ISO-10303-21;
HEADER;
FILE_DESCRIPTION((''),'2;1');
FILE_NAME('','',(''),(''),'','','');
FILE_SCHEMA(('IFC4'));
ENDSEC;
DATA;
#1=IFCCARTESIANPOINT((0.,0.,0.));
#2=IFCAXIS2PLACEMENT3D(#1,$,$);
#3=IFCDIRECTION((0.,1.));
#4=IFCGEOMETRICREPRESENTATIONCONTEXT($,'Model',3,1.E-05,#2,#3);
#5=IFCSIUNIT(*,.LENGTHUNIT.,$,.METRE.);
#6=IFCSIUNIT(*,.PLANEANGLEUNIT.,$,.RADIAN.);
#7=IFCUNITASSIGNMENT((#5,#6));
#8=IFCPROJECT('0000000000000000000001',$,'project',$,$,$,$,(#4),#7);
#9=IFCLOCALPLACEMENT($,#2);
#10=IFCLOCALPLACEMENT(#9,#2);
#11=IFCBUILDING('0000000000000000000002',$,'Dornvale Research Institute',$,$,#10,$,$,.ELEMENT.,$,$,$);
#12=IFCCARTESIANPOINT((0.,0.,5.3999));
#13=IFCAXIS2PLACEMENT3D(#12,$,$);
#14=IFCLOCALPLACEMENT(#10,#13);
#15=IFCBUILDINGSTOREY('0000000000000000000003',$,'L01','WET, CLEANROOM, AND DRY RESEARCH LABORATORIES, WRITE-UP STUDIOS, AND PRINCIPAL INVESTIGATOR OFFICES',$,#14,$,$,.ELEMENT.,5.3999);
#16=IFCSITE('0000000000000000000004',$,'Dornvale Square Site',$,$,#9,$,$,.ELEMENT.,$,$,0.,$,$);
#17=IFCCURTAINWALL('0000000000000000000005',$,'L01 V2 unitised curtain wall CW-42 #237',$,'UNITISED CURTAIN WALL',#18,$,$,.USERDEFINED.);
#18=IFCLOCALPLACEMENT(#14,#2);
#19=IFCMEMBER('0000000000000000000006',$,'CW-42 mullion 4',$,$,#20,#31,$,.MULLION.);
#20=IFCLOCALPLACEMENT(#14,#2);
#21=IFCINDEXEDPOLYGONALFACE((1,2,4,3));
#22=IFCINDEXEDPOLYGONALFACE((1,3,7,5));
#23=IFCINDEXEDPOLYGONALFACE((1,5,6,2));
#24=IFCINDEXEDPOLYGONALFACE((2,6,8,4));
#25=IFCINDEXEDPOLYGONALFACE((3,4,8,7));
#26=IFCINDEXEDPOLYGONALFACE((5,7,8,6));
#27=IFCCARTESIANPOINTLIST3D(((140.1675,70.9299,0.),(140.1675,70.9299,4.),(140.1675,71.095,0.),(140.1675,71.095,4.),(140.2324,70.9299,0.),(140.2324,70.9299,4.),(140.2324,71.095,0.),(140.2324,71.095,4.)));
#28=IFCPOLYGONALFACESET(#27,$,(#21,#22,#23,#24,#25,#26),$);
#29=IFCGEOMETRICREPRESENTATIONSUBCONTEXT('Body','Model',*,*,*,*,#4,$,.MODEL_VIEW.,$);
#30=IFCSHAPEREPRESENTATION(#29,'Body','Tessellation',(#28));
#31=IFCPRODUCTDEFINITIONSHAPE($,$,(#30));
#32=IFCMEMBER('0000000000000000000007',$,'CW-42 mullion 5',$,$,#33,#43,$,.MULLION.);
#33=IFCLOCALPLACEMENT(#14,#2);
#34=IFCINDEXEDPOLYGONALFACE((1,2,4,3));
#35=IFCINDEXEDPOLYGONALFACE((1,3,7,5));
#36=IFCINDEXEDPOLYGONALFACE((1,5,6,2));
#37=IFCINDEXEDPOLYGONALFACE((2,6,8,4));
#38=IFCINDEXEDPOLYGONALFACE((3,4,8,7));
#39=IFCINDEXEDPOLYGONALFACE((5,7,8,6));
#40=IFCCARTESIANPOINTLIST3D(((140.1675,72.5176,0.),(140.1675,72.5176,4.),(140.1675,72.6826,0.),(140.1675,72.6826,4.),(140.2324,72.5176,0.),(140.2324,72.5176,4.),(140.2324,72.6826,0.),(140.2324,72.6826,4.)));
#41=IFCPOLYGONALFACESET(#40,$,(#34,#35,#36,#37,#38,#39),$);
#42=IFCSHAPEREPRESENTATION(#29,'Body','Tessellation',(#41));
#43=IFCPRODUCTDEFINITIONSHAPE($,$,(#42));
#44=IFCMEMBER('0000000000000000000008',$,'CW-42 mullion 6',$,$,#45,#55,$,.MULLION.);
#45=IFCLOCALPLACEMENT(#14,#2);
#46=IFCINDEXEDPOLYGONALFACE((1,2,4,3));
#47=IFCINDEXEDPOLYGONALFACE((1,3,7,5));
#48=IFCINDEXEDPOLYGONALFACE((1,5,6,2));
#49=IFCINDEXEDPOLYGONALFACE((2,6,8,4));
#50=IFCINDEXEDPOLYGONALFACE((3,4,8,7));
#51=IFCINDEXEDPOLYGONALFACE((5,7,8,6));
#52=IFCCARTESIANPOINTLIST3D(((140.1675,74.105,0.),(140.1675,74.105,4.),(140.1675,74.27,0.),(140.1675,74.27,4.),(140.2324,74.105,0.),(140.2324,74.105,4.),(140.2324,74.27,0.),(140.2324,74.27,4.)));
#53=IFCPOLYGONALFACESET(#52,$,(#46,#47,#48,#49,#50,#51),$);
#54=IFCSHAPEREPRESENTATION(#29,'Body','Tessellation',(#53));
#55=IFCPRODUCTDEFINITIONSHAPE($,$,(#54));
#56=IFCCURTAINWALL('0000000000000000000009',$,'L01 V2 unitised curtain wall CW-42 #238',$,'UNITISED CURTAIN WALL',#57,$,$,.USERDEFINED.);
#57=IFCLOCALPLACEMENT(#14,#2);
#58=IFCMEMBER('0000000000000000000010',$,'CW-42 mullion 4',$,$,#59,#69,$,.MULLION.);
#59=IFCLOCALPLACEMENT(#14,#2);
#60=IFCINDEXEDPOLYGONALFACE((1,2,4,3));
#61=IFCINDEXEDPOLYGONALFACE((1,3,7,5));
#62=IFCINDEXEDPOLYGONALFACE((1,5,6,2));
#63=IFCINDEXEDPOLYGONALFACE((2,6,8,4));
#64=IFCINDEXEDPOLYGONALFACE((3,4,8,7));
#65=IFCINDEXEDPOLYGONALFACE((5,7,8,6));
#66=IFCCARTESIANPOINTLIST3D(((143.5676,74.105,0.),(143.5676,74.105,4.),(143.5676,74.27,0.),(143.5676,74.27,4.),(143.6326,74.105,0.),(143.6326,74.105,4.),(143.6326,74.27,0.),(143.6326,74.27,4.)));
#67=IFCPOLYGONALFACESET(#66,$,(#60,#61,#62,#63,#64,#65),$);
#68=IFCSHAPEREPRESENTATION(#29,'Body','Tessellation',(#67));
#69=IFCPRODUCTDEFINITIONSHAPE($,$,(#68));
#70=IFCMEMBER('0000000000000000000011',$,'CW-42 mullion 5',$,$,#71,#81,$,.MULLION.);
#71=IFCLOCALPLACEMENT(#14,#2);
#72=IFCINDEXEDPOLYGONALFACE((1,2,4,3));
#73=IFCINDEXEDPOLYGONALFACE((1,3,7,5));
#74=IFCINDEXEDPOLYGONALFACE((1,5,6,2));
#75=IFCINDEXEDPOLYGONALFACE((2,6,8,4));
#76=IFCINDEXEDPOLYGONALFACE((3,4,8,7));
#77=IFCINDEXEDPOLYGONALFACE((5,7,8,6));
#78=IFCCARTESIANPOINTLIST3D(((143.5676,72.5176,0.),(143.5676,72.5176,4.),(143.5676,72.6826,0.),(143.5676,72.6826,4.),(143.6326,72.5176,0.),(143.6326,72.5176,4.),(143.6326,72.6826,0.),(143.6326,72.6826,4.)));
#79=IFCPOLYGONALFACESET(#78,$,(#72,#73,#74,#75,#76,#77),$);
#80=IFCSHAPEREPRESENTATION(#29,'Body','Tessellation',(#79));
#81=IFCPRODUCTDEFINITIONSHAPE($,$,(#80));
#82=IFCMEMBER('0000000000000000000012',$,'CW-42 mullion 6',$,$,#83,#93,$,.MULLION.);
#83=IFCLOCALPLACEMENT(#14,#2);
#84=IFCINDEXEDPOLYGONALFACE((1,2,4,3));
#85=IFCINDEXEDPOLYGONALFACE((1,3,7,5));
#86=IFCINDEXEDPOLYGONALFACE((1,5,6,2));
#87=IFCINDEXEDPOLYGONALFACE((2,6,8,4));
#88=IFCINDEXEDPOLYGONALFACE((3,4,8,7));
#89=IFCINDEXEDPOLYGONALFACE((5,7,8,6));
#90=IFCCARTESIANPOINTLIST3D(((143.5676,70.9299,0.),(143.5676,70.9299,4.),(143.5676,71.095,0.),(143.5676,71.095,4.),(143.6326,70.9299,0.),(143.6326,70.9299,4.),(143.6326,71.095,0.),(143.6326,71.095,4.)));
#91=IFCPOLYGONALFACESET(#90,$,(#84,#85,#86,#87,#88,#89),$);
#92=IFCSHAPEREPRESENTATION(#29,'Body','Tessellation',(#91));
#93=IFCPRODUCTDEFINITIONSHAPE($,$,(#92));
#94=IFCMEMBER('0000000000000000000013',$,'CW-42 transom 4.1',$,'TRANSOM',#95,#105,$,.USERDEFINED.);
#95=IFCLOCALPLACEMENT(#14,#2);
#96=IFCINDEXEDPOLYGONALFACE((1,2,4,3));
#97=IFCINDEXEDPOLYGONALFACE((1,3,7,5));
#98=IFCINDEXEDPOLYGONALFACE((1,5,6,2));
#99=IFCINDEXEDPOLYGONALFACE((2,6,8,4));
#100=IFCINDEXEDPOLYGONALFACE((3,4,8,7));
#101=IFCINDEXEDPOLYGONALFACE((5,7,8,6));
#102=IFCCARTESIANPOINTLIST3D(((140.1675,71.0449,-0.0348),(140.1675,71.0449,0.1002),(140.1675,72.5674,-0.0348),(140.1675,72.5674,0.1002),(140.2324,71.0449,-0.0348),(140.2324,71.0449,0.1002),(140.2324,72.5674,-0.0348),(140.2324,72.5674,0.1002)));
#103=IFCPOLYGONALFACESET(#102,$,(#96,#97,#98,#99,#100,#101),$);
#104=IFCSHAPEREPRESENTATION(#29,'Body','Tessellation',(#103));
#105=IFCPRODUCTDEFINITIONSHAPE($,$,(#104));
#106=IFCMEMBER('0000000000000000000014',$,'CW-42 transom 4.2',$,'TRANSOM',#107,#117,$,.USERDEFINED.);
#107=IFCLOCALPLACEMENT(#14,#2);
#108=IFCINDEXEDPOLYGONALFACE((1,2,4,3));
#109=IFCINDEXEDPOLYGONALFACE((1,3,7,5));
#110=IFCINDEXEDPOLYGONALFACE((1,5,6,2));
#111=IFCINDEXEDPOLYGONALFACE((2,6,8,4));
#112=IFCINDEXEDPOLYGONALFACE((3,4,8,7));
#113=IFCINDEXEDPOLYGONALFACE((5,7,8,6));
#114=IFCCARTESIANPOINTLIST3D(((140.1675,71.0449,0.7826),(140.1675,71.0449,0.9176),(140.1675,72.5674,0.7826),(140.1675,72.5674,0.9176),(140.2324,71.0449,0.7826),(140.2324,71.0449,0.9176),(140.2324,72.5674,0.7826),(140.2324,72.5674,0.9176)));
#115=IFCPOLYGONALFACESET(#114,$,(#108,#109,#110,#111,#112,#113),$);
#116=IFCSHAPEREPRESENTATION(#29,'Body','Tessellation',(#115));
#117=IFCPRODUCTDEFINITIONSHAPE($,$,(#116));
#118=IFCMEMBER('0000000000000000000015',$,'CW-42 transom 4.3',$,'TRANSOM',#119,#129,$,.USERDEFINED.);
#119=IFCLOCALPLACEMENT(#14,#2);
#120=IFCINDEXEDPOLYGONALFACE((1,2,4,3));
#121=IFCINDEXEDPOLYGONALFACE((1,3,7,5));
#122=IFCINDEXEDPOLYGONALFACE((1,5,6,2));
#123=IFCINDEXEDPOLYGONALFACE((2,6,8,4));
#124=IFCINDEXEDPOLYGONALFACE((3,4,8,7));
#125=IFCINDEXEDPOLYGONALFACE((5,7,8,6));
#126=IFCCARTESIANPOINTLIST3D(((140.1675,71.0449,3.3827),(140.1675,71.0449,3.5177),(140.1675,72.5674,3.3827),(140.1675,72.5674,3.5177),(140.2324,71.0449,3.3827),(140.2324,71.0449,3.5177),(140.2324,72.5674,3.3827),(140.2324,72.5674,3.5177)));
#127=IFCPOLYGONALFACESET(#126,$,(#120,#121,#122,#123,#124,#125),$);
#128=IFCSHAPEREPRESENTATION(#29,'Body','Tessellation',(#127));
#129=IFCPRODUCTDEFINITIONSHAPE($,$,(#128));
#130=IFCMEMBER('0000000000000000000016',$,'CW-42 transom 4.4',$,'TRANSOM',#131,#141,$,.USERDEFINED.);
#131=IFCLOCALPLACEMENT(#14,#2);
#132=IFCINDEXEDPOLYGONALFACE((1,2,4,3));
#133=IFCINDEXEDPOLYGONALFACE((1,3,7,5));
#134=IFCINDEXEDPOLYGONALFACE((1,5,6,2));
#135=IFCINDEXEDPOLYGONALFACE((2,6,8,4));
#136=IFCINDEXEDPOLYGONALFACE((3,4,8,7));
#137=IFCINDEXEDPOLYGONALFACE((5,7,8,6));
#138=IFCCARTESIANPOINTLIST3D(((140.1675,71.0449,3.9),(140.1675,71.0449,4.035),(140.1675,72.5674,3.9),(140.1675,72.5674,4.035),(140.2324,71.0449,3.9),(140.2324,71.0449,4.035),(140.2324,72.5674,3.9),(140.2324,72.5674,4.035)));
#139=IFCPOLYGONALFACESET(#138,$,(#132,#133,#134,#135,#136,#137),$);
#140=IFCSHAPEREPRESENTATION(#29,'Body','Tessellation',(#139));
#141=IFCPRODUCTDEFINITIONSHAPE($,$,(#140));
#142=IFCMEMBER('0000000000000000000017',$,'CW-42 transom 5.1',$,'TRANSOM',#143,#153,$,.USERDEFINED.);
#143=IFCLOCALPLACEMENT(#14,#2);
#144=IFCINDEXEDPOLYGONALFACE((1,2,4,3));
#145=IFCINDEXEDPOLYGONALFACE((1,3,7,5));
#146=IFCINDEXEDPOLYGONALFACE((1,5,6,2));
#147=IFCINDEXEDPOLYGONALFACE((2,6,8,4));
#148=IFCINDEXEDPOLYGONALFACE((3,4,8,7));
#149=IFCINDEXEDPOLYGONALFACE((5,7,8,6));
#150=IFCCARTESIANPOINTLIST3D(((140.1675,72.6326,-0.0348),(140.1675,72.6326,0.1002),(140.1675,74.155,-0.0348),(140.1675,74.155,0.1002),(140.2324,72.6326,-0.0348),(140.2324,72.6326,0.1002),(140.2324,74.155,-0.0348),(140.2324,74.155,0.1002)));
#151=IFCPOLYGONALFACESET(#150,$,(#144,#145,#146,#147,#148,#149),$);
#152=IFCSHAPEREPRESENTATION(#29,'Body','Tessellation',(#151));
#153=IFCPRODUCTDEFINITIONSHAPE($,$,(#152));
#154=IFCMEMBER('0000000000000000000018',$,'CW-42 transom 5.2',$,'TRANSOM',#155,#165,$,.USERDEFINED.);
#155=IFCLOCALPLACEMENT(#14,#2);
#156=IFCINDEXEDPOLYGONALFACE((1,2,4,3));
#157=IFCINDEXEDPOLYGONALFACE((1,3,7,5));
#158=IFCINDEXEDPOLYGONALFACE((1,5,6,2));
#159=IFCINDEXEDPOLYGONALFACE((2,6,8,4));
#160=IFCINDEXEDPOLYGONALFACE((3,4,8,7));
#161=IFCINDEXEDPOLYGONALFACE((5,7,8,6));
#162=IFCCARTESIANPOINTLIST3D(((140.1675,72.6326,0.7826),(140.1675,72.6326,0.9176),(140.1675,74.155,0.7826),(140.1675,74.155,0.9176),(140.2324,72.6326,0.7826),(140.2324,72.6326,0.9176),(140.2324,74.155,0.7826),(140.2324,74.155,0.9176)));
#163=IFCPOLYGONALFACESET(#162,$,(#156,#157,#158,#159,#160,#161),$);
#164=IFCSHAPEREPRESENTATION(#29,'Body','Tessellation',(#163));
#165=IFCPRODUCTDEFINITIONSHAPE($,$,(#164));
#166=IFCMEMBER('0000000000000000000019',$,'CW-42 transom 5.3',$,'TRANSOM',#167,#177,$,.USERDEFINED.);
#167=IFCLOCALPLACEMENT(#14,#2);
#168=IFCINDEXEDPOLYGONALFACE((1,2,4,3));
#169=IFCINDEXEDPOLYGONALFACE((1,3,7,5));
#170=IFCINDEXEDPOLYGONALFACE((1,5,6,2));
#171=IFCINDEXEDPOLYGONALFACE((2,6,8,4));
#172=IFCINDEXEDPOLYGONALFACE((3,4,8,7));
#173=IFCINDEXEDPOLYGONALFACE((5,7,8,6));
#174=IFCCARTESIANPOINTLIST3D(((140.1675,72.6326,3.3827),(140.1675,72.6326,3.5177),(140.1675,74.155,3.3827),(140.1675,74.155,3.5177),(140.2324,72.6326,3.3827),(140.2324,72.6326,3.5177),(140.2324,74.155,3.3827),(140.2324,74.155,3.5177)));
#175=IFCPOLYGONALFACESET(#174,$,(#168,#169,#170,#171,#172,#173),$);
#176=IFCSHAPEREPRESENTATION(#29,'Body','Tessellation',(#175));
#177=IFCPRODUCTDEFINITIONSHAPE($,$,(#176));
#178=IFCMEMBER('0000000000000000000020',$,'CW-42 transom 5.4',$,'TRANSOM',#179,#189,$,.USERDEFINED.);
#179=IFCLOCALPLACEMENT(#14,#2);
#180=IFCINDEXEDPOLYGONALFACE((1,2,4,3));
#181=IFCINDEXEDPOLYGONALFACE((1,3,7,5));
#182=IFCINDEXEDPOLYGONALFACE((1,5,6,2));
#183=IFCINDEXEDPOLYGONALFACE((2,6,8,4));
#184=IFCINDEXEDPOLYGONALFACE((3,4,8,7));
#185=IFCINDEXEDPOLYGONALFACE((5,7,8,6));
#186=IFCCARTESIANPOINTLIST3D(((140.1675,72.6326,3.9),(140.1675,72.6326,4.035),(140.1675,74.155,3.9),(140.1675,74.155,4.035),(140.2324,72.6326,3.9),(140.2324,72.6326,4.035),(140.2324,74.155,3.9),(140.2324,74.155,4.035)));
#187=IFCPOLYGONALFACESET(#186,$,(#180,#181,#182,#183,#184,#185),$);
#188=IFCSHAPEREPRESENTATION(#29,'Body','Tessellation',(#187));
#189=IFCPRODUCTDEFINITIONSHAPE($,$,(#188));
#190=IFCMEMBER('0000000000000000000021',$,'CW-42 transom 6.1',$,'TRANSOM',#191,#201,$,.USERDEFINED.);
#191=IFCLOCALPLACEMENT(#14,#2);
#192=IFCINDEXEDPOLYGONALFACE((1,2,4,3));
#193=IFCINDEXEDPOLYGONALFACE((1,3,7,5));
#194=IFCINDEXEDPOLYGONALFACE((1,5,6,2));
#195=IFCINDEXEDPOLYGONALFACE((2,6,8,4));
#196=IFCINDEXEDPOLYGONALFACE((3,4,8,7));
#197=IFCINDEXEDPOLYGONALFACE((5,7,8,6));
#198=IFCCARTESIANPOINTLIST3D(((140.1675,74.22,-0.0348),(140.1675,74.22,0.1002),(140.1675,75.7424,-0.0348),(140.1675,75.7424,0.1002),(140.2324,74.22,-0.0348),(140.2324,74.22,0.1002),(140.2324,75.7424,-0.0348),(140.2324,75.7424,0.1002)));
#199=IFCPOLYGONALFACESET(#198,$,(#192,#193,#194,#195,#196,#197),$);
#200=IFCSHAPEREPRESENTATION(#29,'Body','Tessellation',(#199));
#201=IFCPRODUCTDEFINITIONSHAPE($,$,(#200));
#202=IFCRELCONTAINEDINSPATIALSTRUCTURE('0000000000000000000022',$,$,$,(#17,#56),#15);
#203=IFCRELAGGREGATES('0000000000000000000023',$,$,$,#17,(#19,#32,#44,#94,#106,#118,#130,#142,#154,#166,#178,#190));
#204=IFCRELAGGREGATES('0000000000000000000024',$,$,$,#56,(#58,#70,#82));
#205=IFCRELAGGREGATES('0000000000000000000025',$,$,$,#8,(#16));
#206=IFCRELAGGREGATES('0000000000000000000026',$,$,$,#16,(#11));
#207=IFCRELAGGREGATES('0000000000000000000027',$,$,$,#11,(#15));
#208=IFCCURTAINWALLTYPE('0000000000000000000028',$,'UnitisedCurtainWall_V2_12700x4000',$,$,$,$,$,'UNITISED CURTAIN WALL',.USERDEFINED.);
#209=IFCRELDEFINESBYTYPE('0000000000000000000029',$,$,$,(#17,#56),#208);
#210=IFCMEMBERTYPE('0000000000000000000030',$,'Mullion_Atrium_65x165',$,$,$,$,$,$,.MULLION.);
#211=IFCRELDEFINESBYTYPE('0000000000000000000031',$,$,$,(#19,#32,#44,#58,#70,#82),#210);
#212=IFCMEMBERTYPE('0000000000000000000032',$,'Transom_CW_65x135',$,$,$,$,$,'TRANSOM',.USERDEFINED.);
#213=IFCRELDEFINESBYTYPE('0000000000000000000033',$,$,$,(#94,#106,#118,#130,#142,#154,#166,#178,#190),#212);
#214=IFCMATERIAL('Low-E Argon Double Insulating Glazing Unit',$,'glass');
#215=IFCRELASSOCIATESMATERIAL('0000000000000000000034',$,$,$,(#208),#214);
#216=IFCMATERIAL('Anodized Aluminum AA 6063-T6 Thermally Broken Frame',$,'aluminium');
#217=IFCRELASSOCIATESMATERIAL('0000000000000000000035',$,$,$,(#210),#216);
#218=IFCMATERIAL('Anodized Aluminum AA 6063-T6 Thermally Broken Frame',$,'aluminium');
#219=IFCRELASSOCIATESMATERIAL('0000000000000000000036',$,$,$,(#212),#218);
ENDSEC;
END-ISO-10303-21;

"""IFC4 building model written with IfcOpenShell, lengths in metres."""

from ifc_helpers import new_model, si_unit, direction, frame, origin, origin_2d, place, context, subcontext, project, spatial, rectangle, extrude, material, material_profile, profile_set, type_object, element, aggregate, save


model = new_model("IFC4")

# Units and contexts
model_context = context("Model", 3, precision=1e-05, world=origin(), true_north=direction((0.0, 1.0)))
body_context = subcontext(model_context, "Body", "Model", "MODEL_VIEW")
ifc_project = project(units=[si_unit("LENGTHUNIT", "METRE"), si_unit("PLANEANGLEUNIT", "RADIAN")], contexts=[model_context])

# Site, building, storey
site_placement = place(None, origin())
site = spatial("IfcSite", under=ifc_project, at=site_placement, Name="Dornvale Square Site", CompositionType="ELEMENT", RefElevation=0.0)
building_placement = place(site_placement, origin())
building = spatial("IfcBuilding", under=site, at=building_placement, Name="Dornvale Research Institute", CompositionType="ELEMENT")
storey_placement = place(building_placement, frame((0.0, 0.0, 5.3999)))
storey = spatial("IfcBuildingStorey", under=building, at=storey_placement, Name="L01", Description="WET, CLEANROOM, AND DRY RESEARCH LABORATORIES, WRITE-UP STUDIOS, AND PRINCIPAL INVESTIGATOR OFFICES", CompositionType="ELEMENT", Elevation=5.3999)

# Curtain walls, members
ifc_material_1 = material(Name="Low-E Argon Double Insulating Glazing Unit", Category="glass")
curtain_wall_type = type_object("IfcCurtainWallType", Name="UnitisedCurtainWall_V2_12700x4000", ElementType="UNITISED CURTAIN WALL", PredefinedType="USERDEFINED", material=ifc_material_1)
curtain_wall_1_placement = place(storey_placement, origin())
curtain_wall_1 = element("IfcCurtainWall", 1, at=curtain_wall_1_placement, inside=storey, type_object=curtain_wall_type, Name="L01 V2 unitised curtain wall CW-42 #237", ObjectType="UNITISED CURTAIN WALL", PredefinedType="USERDEFINED")
ifc_material_2 = material(Name="Anodized Aluminum AA 6063-T6 Thermally Broken Frame", Category="aluminium")
ifc_material_profile_1 = material_profile(ifc_material_2, rectangle(XDim=0.0649, YDim=0.165, at=origin_2d()), Name="ALU MULLION 65x165")
ifc_profile_set_1 = profile_set([ifc_material_profile_1], Name="Anodized Aluminum AA 6063-T6 Thermally Broken Frame")
member_type_1 = type_object("IfcMemberType", Name="Mullion_Atrium_65x165", PredefinedType="MULLION", material=ifc_profile_set_1)
member_1_placement = place(storey_placement, frame((140.2, 71.0125, 0.0), z_axis=(0.0, 0.0, 1.0), x_axis=(-1.0, 0.0, 0.0)))
member_1 = element("IfcMember", 2, at=member_1_placement, type_object=member_type_1, Name="CW-42 mullion 4", PredefinedType="MULLION", context=body_context, shape_type="SweptSolid", body=[
    extrude(rectangle(XDim=0.0649, YDim=0.165, at=origin_2d()), origin(), (0.0, 0.0, 1.0), 4.0),
])
member_2_placement = place(storey_placement, frame((140.2, 72.6001, 0.0), z_axis=(0.0, 0.0, 1.0), x_axis=(-1.0, 0.0, 0.0)))
member_2 = element("IfcMember", 3, at=member_2_placement, type_object=member_type_1, Name="CW-42 mullion 5", PredefinedType="MULLION", context=body_context, shape_type="SweptSolid", body=[
    extrude(rectangle(XDim=0.0649, YDim=0.165, at=origin_2d()), origin(), (0.0, 0.0, 1.0), 4.0),
])
member_3_placement = place(storey_placement, frame((140.2, 74.1875, 0.0), z_axis=(0.0, 0.0, 1.0), x_axis=(-1.0, 0.0, 0.0)))
member_3 = element("IfcMember", 4, at=member_3_placement, type_object=member_type_1, Name="CW-42 mullion 6", PredefinedType="MULLION", context=body_context, shape_type="SweptSolid", body=[
    extrude(rectangle(XDim=0.0649, YDim=0.165, at=origin_2d()), origin(), (0.0, 0.0, 1.0), 4.0),
])
curtain_wall_2_placement = place(storey_placement, origin())
curtain_wall_2 = element("IfcCurtainWall", 5, at=curtain_wall_2_placement, inside=storey, type_object=curtain_wall_type, Name="L01 V2 unitised curtain wall CW-42 #238", ObjectType="UNITISED CURTAIN WALL", PredefinedType="USERDEFINED")
member_4_placement = place(storey_placement, frame((143.6001, 74.1875, 0.0), z_axis=(0.0, 0.0, 1.0), x_axis=(1.0, 0.0, 0.0)))
member_4 = element("IfcMember", 6, at=member_4_placement, type_object=member_type_1, Name="CW-42 mullion 4", PredefinedType="MULLION", context=body_context, shape_type="SweptSolid", body=[
    extrude(rectangle(XDim=0.0649, YDim=0.165, at=origin_2d()), origin(), (0.0, 0.0, 1.0), 4.0),
])
member_5_placement = place(storey_placement, frame((143.6001, 72.6001, 0.0), z_axis=(0.0, 0.0, 1.0), x_axis=(1.0, 0.0, 0.0)))
member_5 = element("IfcMember", 7, at=member_5_placement, type_object=member_type_1, Name="CW-42 mullion 5", PredefinedType="MULLION", context=body_context, shape_type="SweptSolid", body=[
    extrude(rectangle(XDim=0.0649, YDim=0.165, at=origin_2d()), origin(), (0.0, 0.0, 1.0), 4.0),
])
member_6_placement = place(storey_placement, frame((143.6001, 71.0125, 0.0), z_axis=(0.0, 0.0, 1.0), x_axis=(1.0, 0.0, 0.0)))
member_6 = element("IfcMember", 8, at=member_6_placement, type_object=member_type_1, Name="CW-42 mullion 6", PredefinedType="MULLION", context=body_context, shape_type="SweptSolid", body=[
    extrude(rectangle(XDim=0.0649, YDim=0.165, at=origin_2d()), origin(), (0.0, 0.0, 1.0), 4.0),
])

# Members
ifc_material_3 = material(Name="Anodized Aluminum AA 6063-T6 Thermally Broken Frame", Category="aluminium")
ifc_material_profile_2 = material_profile(ifc_material_3, rectangle(XDim=0.0649, YDim=0.135, at=origin_2d()), Name="ALU TRANSOM 65x135")
ifc_profile_set_2 = profile_set([ifc_material_profile_2], Name="Anodized Aluminum AA 6063-T6 Thermally Broken Frame")
member_type_2 = type_object("IfcMemberType", Name="Transom_CW_65x135", ElementType="TRANSOM", PredefinedType="USERDEFINED", material=ifc_profile_set_2)
member_7_placement = place(storey_placement, frame((140.2, 71.0449, 0.0327), z_axis=(0.0, 1.0, 0.0), x_axis=(-1.0, 0.0, 0.0)))
member_7 = element("IfcMember", 9, at=member_7_placement, type_object=member_type_2, Name="CW-42 transom 4.1", ObjectType="TRANSOM", PredefinedType="USERDEFINED", context=body_context, shape_type="SweptSolid", body=[
    extrude(rectangle(XDim=0.0649, YDim=0.135, at=origin_2d()), origin(), (0.0, 0.0, 1.0), 1.5225),
])
member_8_placement = place(storey_placement, frame((140.2, 71.0449, 0.8501), z_axis=(0.0, 1.0, 0.0), x_axis=(-1.0, 0.0, 0.0)))
member_8 = element("IfcMember", 10, at=member_8_placement, type_object=member_type_2, Name="CW-42 transom 4.2", ObjectType="TRANSOM", PredefinedType="USERDEFINED", context=body_context, shape_type="SweptSolid", body=[
    extrude(rectangle(XDim=0.0649, YDim=0.135, at=origin_2d()), origin(), (0.0, 0.0, 1.0), 1.5225),
])
member_9_placement = place(storey_placement, frame((140.2, 71.0449, 3.4502), z_axis=(0.0, 1.0, 0.0), x_axis=(-1.0, 0.0, 0.0)))
member_9 = element("IfcMember", 11, at=member_9_placement, type_object=member_type_2, Name="CW-42 transom 4.3", ObjectType="TRANSOM", PredefinedType="USERDEFINED", context=body_context, shape_type="SweptSolid", body=[
    extrude(rectangle(XDim=0.0649, YDim=0.135, at=origin_2d()), origin(), (0.0, 0.0, 1.0), 1.5225),
])
member_10_placement = place(storey_placement, frame((140.2, 71.0449, 3.9675), z_axis=(0.0, 1.0, 0.0), x_axis=(-1.0, 0.0, 0.0)))
member_10 = element("IfcMember", 12, at=member_10_placement, type_object=member_type_2, Name="CW-42 transom 4.4", ObjectType="TRANSOM", PredefinedType="USERDEFINED", context=body_context, shape_type="SweptSolid", body=[
    extrude(rectangle(XDim=0.0649, YDim=0.135, at=origin_2d()), origin(), (0.0, 0.0, 1.0), 1.5225),
])
member_11_placement = place(storey_placement, frame((140.2, 72.6326, 0.0327), z_axis=(0.0, 1.0, 0.0), x_axis=(-1.0, 0.0, 0.0)))
member_11 = element("IfcMember", 13, at=member_11_placement, type_object=member_type_2, Name="CW-42 transom 5.1", ObjectType="TRANSOM", PredefinedType="USERDEFINED", context=body_context, shape_type="SweptSolid", body=[
    extrude(rectangle(XDim=0.0649, YDim=0.135, at=origin_2d()), origin(), (0.0, 0.0, 1.0), 1.5225),
])
member_12_placement = place(storey_placement, frame((140.2, 72.6326, 0.8501), z_axis=(0.0, 1.0, 0.0), x_axis=(-1.0, 0.0, 0.0)))
member_12 = element("IfcMember", 14, at=member_12_placement, type_object=member_type_2, Name="CW-42 transom 5.2", ObjectType="TRANSOM", PredefinedType="USERDEFINED", context=body_context, shape_type="SweptSolid", body=[
    extrude(rectangle(XDim=0.0649, YDim=0.135, at=origin_2d()), origin(), (0.0, 0.0, 1.0), 1.5225),
])
member_13_placement = place(storey_placement, frame((140.2, 72.6326, 3.4502), z_axis=(0.0, 1.0, 0.0), x_axis=(-1.0, 0.0, 0.0)))
member_13 = element("IfcMember", 15, at=member_13_placement, type_object=member_type_2, Name="CW-42 transom 5.3", ObjectType="TRANSOM", PredefinedType="USERDEFINED", context=body_context, shape_type="SweptSolid", body=[
    extrude(rectangle(XDim=0.0649, YDim=0.135, at=origin_2d()), origin(), (0.0, 0.0, 1.0), 1.5225),
])
member_14_placement = place(storey_placement, frame((140.2, 72.6326, 3.9675), z_axis=(0.0, 1.0, 0.0), x_axis=(-1.0, 0.0, 0.0)))
member_14 = element("IfcMember", 16, at=member_14_placement, type_object=member_type_2, Name="CW-42 transom 5.4", ObjectType="TRANSOM", PredefinedType="USERDEFINED", context=body_context, shape_type="SweptSolid", body=[
    extrude(rectangle(XDim=0.0649, YDim=0.135, at=origin_2d()), origin(), (0.0, 0.0, 1.0), 1.5225),
])
member_15_placement = place(storey_placement, frame((140.2, 74.22, 0.0327), z_axis=(0.0, 1.0, 0.0), x_axis=(-1.0, 0.0, 0.0)))
member_15 = element("IfcMember", 17, at=member_15_placement, type_object=member_type_2, Name="CW-42 transom 6.1", ObjectType="TRANSOM", PredefinedType="USERDEFINED", context=body_context, shape_type="SweptSolid", body=[
    extrude(rectangle(XDim=0.0649, YDim=0.135, at=origin_2d()), origin(), (0.0, 0.0, 1.0), 1.5225),
])

aggregate(curtain_wall_1, [member_1, member_2, member_3, member_7, member_8, member_9, member_10, member_11, member_12, member_13, member_14, member_15])
aggregate(curtain_wall_2, [member_4, member_5, member_6])

save(model, "model.ifc")
